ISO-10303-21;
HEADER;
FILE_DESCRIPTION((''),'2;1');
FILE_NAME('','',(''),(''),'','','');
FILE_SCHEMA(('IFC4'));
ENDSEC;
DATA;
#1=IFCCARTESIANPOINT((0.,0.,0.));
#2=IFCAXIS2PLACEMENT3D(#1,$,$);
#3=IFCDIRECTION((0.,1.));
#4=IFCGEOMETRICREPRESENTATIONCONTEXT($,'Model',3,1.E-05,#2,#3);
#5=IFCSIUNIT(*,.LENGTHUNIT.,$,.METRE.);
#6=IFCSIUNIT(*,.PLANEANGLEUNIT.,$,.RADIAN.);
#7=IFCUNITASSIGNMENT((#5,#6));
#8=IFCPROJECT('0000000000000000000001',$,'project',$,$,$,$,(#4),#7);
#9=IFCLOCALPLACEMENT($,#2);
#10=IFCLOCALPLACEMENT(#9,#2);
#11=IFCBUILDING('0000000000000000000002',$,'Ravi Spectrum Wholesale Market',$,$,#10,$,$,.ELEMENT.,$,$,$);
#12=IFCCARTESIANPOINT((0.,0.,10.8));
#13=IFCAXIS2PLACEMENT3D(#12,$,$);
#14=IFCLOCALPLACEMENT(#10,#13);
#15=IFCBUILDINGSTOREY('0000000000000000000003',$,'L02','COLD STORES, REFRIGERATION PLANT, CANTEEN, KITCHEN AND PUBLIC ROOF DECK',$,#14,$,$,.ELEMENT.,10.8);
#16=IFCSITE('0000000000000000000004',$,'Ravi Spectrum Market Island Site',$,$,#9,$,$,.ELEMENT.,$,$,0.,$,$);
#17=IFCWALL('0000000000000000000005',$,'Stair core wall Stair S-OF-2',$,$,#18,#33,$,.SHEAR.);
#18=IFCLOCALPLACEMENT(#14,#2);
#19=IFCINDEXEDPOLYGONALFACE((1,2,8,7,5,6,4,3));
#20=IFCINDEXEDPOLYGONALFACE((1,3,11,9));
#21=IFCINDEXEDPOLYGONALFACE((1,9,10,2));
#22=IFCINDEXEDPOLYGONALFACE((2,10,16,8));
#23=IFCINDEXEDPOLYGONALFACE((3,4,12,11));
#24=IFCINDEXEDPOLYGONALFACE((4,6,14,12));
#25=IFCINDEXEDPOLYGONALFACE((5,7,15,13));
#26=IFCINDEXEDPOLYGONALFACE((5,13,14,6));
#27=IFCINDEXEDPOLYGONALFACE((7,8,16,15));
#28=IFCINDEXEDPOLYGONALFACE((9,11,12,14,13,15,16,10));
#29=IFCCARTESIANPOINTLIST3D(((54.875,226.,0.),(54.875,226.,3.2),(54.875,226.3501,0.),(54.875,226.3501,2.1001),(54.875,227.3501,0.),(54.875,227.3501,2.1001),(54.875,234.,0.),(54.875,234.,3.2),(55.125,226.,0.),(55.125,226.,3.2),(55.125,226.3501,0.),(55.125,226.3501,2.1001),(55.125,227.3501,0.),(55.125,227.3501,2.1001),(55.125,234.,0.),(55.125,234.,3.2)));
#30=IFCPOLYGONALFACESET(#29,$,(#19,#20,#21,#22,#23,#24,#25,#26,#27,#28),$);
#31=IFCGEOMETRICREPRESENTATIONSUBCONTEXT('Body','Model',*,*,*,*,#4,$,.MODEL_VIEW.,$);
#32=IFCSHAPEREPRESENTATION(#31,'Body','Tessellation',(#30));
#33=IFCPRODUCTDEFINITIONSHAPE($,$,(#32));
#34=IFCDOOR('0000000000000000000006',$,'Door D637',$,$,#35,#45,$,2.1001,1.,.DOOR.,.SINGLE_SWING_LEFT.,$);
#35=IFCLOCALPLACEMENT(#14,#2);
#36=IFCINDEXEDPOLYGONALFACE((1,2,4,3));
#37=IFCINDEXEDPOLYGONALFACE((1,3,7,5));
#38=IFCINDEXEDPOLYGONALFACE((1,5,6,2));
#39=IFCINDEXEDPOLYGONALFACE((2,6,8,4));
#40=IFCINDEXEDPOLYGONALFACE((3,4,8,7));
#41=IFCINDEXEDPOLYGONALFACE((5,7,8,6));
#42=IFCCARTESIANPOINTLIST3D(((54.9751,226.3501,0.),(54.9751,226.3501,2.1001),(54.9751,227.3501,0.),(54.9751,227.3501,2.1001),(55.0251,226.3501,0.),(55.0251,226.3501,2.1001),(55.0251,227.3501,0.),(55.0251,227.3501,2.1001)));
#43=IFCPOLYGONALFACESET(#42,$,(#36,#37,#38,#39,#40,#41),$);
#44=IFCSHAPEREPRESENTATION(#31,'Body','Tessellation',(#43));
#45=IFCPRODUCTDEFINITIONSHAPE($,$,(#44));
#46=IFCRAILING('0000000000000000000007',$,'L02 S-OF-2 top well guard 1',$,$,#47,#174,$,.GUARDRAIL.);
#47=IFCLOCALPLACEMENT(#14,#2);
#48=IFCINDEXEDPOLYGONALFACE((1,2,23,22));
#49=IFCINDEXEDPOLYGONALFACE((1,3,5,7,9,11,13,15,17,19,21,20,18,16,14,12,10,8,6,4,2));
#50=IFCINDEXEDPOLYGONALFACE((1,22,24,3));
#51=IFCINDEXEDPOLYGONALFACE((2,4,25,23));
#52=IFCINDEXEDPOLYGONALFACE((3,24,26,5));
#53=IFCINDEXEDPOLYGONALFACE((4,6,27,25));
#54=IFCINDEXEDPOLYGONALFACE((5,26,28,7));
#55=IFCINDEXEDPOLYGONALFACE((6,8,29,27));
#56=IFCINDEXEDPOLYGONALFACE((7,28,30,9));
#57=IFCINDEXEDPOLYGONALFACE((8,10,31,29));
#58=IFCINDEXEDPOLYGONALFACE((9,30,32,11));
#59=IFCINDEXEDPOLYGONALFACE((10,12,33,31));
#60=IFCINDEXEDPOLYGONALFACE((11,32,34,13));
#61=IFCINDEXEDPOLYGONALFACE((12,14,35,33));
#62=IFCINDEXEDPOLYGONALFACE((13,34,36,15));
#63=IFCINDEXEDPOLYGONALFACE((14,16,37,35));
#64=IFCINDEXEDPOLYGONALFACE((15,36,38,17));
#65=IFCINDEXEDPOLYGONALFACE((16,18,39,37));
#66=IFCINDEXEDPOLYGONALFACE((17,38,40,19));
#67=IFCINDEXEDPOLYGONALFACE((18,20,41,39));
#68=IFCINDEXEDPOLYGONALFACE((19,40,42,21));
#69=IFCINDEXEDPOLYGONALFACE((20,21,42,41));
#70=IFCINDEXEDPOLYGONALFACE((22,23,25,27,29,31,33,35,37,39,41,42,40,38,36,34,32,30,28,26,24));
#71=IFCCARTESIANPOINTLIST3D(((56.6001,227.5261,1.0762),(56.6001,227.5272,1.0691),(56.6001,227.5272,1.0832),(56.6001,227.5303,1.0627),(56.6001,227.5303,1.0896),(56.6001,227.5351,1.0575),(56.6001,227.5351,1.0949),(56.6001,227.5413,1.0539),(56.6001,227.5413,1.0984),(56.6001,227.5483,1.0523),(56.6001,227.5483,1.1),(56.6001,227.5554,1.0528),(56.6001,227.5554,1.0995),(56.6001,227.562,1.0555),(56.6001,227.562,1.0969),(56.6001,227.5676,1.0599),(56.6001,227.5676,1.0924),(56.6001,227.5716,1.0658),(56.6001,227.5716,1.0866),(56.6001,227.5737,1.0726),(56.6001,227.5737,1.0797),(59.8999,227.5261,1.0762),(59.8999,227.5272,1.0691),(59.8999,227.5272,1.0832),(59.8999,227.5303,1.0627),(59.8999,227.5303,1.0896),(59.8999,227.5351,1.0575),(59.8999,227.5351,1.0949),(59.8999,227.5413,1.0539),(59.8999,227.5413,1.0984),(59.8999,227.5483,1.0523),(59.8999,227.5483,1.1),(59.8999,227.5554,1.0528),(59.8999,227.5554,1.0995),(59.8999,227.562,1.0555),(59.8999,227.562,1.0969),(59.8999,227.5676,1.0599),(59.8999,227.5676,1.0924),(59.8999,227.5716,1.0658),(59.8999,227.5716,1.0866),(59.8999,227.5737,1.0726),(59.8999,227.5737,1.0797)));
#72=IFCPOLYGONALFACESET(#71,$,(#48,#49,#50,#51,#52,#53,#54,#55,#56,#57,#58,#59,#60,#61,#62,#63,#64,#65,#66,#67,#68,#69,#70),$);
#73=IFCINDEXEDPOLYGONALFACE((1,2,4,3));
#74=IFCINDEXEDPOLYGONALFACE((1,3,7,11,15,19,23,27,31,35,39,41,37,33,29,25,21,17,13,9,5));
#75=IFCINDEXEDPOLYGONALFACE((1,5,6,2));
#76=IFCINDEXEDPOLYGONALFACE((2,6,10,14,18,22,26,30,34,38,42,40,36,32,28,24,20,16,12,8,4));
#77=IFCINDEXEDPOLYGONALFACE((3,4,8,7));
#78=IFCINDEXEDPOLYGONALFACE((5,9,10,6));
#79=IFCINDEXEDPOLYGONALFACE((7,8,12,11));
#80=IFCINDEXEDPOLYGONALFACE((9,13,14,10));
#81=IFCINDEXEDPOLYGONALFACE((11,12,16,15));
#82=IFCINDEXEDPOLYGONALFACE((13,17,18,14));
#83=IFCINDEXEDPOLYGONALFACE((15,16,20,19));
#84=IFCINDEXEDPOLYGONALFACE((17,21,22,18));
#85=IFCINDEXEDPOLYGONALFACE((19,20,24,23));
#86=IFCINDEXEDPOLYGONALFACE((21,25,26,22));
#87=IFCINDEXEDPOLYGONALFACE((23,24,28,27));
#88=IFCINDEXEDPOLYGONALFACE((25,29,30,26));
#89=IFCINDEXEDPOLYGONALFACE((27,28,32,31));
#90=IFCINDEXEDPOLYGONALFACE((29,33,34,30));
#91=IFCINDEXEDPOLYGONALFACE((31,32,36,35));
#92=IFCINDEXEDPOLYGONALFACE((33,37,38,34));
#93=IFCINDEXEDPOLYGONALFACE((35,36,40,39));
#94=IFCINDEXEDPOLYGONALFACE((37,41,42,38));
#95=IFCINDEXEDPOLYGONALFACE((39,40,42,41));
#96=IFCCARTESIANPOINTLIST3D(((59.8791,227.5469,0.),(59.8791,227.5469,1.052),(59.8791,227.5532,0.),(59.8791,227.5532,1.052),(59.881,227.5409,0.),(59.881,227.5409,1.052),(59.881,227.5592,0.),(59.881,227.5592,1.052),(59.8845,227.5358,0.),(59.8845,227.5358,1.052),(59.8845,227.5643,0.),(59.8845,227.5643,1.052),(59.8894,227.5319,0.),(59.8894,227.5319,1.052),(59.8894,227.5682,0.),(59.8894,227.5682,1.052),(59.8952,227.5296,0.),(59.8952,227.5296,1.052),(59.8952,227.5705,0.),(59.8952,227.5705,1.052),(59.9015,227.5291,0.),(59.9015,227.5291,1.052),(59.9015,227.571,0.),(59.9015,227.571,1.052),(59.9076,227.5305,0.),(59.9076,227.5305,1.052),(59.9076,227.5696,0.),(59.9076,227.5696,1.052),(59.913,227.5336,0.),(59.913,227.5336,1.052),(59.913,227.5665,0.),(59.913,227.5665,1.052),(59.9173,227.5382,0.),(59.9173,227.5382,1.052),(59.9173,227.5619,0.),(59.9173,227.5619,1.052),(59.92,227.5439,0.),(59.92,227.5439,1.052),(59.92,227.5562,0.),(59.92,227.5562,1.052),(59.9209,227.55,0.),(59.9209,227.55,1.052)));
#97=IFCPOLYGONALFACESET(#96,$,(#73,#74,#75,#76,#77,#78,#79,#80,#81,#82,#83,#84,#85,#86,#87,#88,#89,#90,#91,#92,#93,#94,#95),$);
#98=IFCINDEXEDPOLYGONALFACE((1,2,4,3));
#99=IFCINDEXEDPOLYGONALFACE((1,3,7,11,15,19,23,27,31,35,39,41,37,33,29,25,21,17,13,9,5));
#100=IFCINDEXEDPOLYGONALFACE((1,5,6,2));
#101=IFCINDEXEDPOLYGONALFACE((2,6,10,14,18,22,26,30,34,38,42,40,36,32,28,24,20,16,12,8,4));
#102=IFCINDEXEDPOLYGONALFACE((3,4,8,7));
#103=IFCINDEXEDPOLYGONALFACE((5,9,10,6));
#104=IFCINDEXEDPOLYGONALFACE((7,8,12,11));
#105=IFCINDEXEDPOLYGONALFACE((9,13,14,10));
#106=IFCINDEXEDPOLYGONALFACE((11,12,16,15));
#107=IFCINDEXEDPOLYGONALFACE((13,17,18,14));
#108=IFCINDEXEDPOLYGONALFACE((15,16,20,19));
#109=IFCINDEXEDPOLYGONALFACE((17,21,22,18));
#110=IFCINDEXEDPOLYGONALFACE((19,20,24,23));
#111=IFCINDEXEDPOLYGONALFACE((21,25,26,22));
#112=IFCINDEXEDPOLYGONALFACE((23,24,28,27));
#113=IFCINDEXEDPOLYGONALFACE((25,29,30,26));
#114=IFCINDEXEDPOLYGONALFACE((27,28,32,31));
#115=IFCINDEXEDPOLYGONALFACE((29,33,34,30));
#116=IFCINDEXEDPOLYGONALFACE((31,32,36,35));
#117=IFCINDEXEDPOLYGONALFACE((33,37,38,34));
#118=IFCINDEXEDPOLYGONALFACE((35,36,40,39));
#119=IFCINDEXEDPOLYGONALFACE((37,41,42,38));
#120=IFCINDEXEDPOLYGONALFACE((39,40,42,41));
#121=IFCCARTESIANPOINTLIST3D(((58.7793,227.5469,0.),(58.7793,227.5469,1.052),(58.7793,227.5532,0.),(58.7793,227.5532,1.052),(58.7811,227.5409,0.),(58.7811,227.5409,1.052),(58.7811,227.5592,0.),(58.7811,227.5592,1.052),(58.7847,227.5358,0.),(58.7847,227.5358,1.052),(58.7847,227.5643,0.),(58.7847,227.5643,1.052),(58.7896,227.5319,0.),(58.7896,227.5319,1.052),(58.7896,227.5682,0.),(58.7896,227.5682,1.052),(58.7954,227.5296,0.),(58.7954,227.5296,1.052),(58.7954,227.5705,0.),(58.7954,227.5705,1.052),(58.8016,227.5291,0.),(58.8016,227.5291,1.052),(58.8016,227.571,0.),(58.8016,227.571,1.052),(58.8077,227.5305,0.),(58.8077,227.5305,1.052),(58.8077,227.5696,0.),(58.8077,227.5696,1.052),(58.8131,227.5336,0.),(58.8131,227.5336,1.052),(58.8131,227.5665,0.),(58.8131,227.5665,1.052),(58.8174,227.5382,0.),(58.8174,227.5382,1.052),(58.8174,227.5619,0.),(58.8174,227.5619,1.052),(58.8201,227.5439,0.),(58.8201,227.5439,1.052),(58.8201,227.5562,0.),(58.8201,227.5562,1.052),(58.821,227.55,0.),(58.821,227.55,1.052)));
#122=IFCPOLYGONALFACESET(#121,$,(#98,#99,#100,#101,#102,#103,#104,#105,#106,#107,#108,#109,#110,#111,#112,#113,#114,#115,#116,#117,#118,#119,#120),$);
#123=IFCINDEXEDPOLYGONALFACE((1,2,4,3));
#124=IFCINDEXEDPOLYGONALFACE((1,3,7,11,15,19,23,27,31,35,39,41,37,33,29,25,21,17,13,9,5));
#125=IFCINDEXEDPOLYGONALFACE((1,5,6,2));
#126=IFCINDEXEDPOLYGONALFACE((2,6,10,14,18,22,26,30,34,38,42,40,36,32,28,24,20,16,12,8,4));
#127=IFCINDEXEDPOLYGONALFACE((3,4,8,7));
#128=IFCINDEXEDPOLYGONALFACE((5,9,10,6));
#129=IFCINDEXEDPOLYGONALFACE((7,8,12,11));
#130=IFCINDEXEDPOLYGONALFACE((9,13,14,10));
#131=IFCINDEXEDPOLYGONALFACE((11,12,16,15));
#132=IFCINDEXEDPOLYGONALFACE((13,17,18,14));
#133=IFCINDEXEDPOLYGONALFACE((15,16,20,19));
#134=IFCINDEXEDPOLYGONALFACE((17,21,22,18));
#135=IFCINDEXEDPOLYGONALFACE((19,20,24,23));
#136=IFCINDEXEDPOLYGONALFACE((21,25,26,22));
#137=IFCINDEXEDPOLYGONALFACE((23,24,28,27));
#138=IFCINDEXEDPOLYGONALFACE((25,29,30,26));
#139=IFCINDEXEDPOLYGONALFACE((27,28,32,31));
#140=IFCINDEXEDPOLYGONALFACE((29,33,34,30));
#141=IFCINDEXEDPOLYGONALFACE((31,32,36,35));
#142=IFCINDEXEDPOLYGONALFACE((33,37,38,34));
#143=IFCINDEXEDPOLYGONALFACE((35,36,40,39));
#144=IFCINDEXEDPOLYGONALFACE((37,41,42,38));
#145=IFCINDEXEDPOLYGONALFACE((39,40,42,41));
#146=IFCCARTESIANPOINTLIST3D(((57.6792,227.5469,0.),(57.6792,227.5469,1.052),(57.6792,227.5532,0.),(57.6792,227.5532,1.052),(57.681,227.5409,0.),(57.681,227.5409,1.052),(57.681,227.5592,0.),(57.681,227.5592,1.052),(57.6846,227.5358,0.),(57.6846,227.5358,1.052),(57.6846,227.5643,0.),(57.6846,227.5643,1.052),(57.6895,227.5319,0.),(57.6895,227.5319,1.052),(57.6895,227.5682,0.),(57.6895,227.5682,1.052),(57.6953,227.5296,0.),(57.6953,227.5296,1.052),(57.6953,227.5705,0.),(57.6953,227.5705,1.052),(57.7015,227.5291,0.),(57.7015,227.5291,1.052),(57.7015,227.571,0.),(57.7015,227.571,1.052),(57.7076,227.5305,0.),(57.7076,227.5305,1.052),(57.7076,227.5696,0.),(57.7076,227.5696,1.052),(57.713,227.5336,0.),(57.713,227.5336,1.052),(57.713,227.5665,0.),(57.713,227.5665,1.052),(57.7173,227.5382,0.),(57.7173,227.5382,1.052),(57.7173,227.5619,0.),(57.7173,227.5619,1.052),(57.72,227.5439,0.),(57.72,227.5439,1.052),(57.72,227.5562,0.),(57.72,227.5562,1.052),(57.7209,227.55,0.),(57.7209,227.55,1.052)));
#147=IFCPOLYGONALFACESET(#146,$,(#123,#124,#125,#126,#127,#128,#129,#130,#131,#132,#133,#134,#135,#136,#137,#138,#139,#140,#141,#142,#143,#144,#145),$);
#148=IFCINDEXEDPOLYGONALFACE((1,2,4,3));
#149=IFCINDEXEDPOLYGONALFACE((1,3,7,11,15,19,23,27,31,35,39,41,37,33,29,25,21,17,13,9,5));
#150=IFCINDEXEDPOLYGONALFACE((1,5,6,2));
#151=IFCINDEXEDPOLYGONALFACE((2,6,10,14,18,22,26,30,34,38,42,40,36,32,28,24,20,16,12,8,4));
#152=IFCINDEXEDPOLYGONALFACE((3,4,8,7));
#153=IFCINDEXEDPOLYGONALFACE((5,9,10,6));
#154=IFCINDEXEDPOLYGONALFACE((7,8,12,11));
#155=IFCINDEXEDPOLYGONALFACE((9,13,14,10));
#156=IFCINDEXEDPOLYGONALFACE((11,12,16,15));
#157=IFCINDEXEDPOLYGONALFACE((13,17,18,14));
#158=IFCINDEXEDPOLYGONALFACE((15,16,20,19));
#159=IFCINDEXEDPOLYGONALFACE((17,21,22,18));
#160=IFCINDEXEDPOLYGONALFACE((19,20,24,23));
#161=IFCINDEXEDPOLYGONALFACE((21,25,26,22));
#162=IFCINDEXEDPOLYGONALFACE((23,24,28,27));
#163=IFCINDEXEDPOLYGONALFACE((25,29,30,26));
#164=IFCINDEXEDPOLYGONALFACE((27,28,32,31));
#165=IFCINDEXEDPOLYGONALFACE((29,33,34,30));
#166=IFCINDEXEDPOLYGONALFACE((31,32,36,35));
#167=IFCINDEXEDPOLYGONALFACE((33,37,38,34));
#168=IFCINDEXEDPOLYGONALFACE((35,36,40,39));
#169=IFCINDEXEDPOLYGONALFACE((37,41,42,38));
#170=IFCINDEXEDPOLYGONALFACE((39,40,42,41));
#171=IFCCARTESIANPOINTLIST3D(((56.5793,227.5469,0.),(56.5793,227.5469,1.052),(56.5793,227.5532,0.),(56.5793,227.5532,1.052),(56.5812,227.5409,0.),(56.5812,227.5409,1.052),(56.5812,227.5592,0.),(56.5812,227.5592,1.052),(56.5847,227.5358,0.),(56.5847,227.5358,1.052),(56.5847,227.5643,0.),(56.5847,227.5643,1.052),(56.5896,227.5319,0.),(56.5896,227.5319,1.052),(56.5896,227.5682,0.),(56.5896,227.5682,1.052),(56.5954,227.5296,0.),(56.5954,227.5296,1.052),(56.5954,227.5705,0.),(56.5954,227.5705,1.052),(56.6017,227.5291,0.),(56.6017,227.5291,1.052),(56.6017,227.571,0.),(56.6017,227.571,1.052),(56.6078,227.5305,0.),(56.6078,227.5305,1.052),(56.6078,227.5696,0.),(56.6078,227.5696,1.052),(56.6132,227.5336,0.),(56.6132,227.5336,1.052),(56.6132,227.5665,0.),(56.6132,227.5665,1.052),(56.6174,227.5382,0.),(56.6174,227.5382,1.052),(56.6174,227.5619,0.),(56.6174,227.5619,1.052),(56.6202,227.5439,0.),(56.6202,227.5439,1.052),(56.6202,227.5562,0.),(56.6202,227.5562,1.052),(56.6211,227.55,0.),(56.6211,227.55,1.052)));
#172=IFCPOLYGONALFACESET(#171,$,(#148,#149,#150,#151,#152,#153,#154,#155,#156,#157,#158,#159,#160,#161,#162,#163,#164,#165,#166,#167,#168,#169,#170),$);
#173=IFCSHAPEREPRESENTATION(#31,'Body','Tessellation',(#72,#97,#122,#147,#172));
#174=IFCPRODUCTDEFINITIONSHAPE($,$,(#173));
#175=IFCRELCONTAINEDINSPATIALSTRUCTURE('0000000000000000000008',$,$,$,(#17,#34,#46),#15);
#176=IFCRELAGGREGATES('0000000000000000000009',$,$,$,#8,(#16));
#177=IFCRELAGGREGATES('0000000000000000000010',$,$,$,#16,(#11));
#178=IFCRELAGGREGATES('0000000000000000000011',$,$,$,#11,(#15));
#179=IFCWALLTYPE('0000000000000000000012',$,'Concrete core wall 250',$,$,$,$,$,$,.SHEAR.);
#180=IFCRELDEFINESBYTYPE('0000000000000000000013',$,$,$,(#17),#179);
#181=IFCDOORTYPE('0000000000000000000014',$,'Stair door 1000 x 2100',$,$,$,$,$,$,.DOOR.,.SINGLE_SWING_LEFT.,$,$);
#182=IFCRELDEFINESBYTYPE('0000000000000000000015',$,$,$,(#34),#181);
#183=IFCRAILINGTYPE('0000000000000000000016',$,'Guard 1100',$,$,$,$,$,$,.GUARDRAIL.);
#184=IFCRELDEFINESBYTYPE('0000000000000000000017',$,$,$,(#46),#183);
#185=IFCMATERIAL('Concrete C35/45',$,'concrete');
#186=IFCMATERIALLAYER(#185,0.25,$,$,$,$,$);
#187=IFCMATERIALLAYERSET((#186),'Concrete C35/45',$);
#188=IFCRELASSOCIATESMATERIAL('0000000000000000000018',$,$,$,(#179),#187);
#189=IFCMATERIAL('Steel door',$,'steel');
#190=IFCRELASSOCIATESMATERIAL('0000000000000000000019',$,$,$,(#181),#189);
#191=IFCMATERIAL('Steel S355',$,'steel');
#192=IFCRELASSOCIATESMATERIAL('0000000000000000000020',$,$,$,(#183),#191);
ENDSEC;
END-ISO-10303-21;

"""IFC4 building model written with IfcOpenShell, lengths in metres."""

from ifc_helpers import new_model, si_unit, direction, frame, frame_2d, origin, origin_2d, place, context, subcontext, project, spatial, rectangle, circle, extrude, material, layer, layer_set, type_object, element, fill, save


model = new_model("IFC4")

# Units and contexts
model_context = context("Model", 3, precision=1e-05, world=origin(), true_north=direction((0.0, 1.0)))
body_context = subcontext(model_context, "Body", "Model", "MODEL_VIEW")
ifc_project = project(units=[si_unit("LENGTHUNIT", "METRE"), si_unit("PLANEANGLEUNIT", "RADIAN")], contexts=[model_context])

# Site, building, storey
site_placement = place(None, origin())
site = spatial("IfcSite", under=ifc_project, at=site_placement, Name="Ravi Spectrum Market Island Site", CompositionType="ELEMENT", RefElevation=0.0)
building_placement = place(site_placement, origin())
building = spatial("IfcBuilding", under=site, at=building_placement, Name="Ravi Spectrum Wholesale Market", CompositionType="ELEMENT")
storey_placement = place(building_placement, frame((0.0, 0.0, 10.8)))
storey = spatial("IfcBuildingStorey", under=building, at=storey_placement, Name="L02", Description="COLD STORES, REFRIGERATION PLANT, CANTEEN, KITCHEN AND PUBLIC ROOF DECK", CompositionType="ELEMENT", Elevation=10.8)

# Shared definitions
ifc_material_1 = material(Name="Concrete C35/45", Category="concrete")
ifc_layer = layer(ifc_material_1, 0.25)
ifc_layer_set = layer_set([ifc_layer], Name="Concrete C35/45")
wall_type = type_object("IfcWallType", Name="Concrete core wall 250", PredefinedType="SHEAR", material=ifc_layer_set)

# Wall, opening, door
wall_1_placement = place(storey_placement, frame((55.0, 226.0, 0.0), z_axis=(0.0, 0.0, 1.0), x_axis=(0.0, 1.0, 0.0)))
wall_1 = element("IfcWall", 1, at=wall_1_placement, inside=storey, type_object=wall_type, Name="Stair core wall Stair S-OF-2", PredefinedType="SHEAR", context=body_context, shape_type="SweptSolid", body=[
    extrude(rectangle(XDim=8.0, YDim=0.25, at=frame_2d((4.0, 0.0))), origin(), (0.0, 0.0, 1.0), 3.2),
])
opening_placement = place(wall_1_placement, frame((0.3501, 0.0, 0.0)))
opening = element("IfcOpeningElement", 2, at=opening_placement, cuts=wall_1, PredefinedType="OPENING", context=body_context, shape_type="SweptSolid", body=[
    extrude(rectangle(XDim=1.0, YDim=2.1001, at=frame_2d((0.5, 1.05))), frame((0.0, 0.135, 0.0), z_axis=(0.0, -1.0, 0.0), x_axis=(1.0, 0.0, 0.0)), (0.0, 0.0, 1.0), 0.27),
])
ifc_material_2 = material(Name="Steel door", Category="steel")
door_type = type_object("IfcDoorType", Name="Stair door 1000 x 2100", OperationType="SINGLE_SWING_LEFT", PredefinedType="DOOR", material=ifc_material_2)
door_placement = place(opening_placement, origin())
door = element("IfcDoor", 3, at=door_placement, inside=storey, type_object=door_type, Name="Door D637", OperationType="SINGLE_SWING_LEFT", OverallHeight=2.1001, OverallWidth=1.0, PredefinedType="DOOR", context=body_context, shape_type="SweptSolid", body=[
    extrude(rectangle(XDim=1.0, YDim=2.1001, at=frame_2d((0.5, 1.05))), frame((0.0, 0.0249, 0.0), z_axis=(0.0, -1.0, 0.0), x_axis=(1.0, 0.0, 0.0)), (0.0, 0.0, 1.0), 0.05),
])
fill(opening, door)

# Railing
ifc_material_3 = material(Name="Steel S355", Category="steel")
railing_type = type_object("IfcRailingType", Name="Guard 1100", PredefinedType="GUARDRAIL", material=ifc_material_3)
railing_1_placement = place(storey_placement, frame((59.8999, 227.55, 0.0)))
element("IfcRailing", 4, at=railing_1_placement, inside=storey, type_object=railing_type, Name="L02 S-OF-2 top well guard 1", PredefinedType="GUARDRAIL", context=body_context, shape_type="SweptSolid", body=[
    extrude(circle(Radius=0.0239, at=origin_2d()), frame((0.0, 0.0, 1.0762), z_axis=(-1.0, 0.0, 0.0), x_axis=(0.0, -1.0, 0.0)), (0.0, 0.0, 1.0), 3.2998),
    extrude(circle(Radius=0.021, at=origin_2d()), origin(), (0.0, 0.0, 1.0), 1.052),
    extrude(circle(Radius=0.021, at=origin_2d()), frame((-1.0999, 0.0, 0.0)), (0.0, 0.0, 1.0), 1.052),
    extrude(circle(Radius=0.021, at=origin_2d()), frame((-2.2, 0.0, 0.0)), (0.0, 0.0, 1.0), 1.052),
    extrude(circle(Radius=0.021, at=origin_2d()), frame((-3.2998, 0.0, 0.0)), (0.0, 0.0, 1.0), 1.052),
])

save(model, "model.ifc")
